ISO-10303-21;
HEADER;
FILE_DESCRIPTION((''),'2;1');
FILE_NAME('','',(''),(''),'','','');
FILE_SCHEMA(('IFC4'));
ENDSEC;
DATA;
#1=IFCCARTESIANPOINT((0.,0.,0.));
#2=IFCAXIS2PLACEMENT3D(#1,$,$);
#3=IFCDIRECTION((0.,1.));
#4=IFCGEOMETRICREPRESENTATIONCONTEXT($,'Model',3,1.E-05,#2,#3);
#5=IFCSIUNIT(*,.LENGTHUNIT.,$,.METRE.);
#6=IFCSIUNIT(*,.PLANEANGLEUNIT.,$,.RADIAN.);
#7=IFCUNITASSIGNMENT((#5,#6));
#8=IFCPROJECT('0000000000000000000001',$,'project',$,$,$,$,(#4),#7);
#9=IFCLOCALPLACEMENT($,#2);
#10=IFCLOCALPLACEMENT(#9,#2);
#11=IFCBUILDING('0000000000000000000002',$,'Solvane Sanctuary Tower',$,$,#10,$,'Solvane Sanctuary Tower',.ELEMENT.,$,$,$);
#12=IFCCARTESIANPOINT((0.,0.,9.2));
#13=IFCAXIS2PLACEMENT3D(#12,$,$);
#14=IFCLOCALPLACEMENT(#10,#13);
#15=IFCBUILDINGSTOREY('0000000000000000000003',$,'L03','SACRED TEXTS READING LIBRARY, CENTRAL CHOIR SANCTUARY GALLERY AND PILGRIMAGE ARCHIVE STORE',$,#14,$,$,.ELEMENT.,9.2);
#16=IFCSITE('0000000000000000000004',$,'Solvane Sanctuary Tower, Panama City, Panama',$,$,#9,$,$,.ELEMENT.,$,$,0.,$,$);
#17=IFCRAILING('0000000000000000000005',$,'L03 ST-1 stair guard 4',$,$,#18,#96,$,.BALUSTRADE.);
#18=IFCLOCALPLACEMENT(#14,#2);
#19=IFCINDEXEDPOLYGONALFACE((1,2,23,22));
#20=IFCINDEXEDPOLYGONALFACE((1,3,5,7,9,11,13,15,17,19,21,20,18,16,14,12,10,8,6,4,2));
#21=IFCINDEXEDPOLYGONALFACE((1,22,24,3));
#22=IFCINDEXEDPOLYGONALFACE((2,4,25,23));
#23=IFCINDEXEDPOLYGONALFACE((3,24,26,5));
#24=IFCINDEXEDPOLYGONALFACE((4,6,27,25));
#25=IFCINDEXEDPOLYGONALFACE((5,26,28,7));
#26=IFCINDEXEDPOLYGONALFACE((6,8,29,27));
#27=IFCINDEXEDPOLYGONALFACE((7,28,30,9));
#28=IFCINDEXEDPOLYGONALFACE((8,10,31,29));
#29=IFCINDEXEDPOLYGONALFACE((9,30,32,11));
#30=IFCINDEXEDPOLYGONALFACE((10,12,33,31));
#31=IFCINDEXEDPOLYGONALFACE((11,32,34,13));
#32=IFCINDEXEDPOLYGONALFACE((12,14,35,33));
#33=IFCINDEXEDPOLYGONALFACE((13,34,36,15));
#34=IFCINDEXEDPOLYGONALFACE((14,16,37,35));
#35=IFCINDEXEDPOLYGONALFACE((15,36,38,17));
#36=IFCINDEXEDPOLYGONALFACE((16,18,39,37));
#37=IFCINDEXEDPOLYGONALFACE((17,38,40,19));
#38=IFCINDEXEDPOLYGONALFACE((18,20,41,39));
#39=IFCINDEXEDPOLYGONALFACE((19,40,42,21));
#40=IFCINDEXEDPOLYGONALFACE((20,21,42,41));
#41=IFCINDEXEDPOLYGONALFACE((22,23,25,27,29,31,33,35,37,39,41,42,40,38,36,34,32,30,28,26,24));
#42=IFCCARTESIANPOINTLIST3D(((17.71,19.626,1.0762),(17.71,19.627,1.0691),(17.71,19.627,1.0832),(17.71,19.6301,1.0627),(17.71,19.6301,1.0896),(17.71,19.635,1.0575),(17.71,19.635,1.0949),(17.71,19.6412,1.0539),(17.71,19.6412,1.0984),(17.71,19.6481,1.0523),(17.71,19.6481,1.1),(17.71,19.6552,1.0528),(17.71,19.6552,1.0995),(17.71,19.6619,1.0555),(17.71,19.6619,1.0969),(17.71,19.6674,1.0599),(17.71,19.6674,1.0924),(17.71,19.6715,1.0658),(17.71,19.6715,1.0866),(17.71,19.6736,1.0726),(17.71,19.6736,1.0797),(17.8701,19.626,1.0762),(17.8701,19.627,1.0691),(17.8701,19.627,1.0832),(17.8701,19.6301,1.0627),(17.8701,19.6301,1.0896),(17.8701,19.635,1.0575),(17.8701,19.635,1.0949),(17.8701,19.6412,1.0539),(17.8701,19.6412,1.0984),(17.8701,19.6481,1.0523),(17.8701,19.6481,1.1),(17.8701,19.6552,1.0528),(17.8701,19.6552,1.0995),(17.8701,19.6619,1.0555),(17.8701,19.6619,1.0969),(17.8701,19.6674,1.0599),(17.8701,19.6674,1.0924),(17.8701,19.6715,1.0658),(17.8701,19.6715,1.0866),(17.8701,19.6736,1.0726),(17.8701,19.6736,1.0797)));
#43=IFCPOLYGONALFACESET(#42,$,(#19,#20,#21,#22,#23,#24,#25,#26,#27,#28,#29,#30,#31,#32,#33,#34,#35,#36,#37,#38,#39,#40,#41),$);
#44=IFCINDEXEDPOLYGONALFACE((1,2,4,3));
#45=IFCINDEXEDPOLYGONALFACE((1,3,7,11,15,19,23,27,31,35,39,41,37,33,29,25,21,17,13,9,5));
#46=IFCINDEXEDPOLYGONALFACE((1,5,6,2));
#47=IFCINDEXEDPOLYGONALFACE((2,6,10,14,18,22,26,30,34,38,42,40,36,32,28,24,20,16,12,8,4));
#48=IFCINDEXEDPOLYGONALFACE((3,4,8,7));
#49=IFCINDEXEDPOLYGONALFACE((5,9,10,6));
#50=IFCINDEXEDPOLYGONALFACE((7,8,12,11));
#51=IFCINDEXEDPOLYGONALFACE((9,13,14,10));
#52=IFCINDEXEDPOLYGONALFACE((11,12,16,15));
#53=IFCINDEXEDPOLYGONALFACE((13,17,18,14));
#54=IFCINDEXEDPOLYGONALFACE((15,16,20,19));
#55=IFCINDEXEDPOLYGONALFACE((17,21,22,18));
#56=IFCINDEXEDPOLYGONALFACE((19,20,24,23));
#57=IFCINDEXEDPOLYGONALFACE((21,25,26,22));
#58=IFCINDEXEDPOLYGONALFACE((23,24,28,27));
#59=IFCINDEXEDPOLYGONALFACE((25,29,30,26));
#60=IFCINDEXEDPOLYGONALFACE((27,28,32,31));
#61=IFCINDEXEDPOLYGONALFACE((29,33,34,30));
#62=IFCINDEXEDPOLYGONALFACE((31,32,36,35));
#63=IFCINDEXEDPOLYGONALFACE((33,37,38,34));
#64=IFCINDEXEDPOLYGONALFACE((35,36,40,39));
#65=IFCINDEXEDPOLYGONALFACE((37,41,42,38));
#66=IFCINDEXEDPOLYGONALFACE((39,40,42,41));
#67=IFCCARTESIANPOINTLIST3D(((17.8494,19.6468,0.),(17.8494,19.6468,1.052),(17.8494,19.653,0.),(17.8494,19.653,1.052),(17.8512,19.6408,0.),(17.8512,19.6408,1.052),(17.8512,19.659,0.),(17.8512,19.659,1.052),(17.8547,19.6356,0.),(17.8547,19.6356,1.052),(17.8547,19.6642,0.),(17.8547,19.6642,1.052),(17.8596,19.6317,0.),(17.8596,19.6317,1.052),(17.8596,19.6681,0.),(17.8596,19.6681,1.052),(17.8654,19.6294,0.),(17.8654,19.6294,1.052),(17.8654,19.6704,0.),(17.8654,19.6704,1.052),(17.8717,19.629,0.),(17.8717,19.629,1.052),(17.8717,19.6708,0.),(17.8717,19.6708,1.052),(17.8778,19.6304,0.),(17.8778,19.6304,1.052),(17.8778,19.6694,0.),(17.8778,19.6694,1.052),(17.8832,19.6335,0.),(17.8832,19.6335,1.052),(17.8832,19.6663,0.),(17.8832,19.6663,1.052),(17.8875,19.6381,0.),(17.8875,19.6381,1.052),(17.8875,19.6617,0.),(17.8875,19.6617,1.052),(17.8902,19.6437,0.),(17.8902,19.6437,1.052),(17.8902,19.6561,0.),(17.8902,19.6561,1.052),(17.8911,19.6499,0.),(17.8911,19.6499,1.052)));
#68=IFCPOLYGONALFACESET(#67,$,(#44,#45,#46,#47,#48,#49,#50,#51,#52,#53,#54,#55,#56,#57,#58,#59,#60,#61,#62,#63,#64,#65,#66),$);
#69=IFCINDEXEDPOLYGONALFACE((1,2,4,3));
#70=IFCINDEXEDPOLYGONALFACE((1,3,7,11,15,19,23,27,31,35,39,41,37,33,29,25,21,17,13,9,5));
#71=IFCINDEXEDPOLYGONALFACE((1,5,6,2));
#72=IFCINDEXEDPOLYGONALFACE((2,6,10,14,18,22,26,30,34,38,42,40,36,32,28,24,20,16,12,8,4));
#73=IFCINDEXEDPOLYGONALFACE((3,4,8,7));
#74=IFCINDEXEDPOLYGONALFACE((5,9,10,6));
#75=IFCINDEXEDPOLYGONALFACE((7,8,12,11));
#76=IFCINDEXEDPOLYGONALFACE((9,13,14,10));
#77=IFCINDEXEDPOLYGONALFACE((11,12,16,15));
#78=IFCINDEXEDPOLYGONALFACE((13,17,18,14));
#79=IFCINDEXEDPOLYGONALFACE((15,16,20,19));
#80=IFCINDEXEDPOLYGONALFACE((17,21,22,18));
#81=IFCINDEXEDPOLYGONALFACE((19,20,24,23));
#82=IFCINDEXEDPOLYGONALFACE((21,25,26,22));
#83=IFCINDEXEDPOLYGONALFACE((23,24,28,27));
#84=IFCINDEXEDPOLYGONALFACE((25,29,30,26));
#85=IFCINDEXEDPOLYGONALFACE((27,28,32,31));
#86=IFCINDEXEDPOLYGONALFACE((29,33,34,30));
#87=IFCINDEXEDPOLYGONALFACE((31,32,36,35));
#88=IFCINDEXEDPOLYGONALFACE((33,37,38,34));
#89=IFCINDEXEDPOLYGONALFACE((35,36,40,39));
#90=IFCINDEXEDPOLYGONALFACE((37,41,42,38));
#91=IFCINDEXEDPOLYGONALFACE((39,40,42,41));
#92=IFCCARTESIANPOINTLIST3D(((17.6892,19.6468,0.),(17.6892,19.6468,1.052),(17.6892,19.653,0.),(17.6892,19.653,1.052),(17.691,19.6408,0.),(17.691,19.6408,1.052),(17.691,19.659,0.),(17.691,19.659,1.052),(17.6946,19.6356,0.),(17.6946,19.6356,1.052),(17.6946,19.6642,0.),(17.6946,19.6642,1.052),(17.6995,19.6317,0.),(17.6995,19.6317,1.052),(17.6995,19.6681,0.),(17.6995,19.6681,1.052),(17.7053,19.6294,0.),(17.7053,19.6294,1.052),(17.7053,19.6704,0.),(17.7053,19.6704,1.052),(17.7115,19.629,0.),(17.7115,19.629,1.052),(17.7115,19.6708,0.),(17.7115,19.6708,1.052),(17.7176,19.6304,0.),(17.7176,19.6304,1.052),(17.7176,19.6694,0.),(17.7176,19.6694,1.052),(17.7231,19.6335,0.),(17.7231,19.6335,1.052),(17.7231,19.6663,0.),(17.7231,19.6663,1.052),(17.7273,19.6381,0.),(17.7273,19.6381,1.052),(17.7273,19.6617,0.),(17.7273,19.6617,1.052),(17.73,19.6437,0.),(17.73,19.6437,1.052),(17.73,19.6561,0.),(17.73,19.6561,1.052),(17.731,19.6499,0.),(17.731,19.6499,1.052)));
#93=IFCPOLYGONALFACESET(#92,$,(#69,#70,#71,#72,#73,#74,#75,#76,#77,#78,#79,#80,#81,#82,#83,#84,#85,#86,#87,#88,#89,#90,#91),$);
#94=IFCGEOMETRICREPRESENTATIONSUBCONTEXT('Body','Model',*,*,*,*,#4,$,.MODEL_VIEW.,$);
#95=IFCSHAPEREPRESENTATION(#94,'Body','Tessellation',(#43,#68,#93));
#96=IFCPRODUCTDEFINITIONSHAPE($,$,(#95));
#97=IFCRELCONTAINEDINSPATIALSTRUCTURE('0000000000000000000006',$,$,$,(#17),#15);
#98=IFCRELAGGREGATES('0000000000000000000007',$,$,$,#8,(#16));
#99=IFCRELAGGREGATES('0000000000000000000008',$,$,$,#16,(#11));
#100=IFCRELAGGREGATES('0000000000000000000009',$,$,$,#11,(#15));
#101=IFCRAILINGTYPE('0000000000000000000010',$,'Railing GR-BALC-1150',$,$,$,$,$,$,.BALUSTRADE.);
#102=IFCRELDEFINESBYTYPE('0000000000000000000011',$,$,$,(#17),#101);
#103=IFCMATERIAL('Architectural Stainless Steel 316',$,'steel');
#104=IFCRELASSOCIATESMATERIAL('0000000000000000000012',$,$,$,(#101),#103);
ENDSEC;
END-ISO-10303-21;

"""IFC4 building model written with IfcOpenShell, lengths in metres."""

from ifc_helpers import new_model, si_unit, direction, frame, origin, origin_2d, place, context, subcontext, project, spatial, circle, extrude, material, type_object, element, save


model = new_model("IFC4")

# Units and contexts
model_context = context("Model", 3, precision=1e-05, world=origin(), true_north=direction((0.0, 1.0)))
body_context = subcontext(model_context, "Body", "Model", "MODEL_VIEW")
ifc_project = project(units=[si_unit("LENGTHUNIT", "METRE"), si_unit("PLANEANGLEUNIT", "RADIAN")], contexts=[model_context])

# Site, building, storey
site_placement = place(None, origin())
site = spatial("IfcSite", under=ifc_project, at=site_placement, Name="Solvane Sanctuary Tower, Panama City, Panama", CompositionType="ELEMENT", RefElevation=0.0)
building_placement = place(site_placement, origin())
building = spatial("IfcBuilding", under=site, at=building_placement, Name="Solvane Sanctuary Tower", LongName="Solvane Sanctuary Tower", CompositionType="ELEMENT")
storey_placement = place(building_placement, frame((0.0, 0.0, 9.2)))
storey = spatial("IfcBuildingStorey", under=building, at=storey_placement, Name="L03", Description="SACRED TEXTS READING LIBRARY, CENTRAL CHOIR SANCTUARY GALLERY AND PILGRIMAGE ARCHIVE STORE", CompositionType="ELEMENT", Elevation=9.2)

# Railing
ifc_material_1 = material(Name="Architectural Stainless Steel 316", Category="steel")
railing_type_1 = type_object("IfcRailingType", Name="Railing GR-BALC-1150", PredefinedType="BALUSTRADE", material=ifc_material_1)
railing_1_placement = place(storey_placement, frame((17.8701, 19.6499, 0.0)))
element("IfcRailing", 1, at=railing_1_placement, inside=storey, type_object=railing_type_1, Name="L03 ST-1 stair guard 4", PredefinedType="BALUSTRADE", context=body_context, shape_type="SweptSolid", body=[
    extrude(circle(Radius=0.0239, at=origin_2d()), frame((0.0, 0.0, 1.0762), z_axis=(-1.0, 0.0, 0.0), x_axis=(0.0, -1.0, 0.0)), (0.0, 0.0, 1.0), 0.1602),
    extrude(circle(Radius=0.021, at=origin_2d()), origin(), (0.0, 0.0, 1.0), 1.052),
    extrude(circle(Radius=0.021, at=origin_2d()), frame((-0.1602, 0.0, 0.0)), (0.0, 0.0, 1.0), 1.052),
])

save(model, "model.ifc")
